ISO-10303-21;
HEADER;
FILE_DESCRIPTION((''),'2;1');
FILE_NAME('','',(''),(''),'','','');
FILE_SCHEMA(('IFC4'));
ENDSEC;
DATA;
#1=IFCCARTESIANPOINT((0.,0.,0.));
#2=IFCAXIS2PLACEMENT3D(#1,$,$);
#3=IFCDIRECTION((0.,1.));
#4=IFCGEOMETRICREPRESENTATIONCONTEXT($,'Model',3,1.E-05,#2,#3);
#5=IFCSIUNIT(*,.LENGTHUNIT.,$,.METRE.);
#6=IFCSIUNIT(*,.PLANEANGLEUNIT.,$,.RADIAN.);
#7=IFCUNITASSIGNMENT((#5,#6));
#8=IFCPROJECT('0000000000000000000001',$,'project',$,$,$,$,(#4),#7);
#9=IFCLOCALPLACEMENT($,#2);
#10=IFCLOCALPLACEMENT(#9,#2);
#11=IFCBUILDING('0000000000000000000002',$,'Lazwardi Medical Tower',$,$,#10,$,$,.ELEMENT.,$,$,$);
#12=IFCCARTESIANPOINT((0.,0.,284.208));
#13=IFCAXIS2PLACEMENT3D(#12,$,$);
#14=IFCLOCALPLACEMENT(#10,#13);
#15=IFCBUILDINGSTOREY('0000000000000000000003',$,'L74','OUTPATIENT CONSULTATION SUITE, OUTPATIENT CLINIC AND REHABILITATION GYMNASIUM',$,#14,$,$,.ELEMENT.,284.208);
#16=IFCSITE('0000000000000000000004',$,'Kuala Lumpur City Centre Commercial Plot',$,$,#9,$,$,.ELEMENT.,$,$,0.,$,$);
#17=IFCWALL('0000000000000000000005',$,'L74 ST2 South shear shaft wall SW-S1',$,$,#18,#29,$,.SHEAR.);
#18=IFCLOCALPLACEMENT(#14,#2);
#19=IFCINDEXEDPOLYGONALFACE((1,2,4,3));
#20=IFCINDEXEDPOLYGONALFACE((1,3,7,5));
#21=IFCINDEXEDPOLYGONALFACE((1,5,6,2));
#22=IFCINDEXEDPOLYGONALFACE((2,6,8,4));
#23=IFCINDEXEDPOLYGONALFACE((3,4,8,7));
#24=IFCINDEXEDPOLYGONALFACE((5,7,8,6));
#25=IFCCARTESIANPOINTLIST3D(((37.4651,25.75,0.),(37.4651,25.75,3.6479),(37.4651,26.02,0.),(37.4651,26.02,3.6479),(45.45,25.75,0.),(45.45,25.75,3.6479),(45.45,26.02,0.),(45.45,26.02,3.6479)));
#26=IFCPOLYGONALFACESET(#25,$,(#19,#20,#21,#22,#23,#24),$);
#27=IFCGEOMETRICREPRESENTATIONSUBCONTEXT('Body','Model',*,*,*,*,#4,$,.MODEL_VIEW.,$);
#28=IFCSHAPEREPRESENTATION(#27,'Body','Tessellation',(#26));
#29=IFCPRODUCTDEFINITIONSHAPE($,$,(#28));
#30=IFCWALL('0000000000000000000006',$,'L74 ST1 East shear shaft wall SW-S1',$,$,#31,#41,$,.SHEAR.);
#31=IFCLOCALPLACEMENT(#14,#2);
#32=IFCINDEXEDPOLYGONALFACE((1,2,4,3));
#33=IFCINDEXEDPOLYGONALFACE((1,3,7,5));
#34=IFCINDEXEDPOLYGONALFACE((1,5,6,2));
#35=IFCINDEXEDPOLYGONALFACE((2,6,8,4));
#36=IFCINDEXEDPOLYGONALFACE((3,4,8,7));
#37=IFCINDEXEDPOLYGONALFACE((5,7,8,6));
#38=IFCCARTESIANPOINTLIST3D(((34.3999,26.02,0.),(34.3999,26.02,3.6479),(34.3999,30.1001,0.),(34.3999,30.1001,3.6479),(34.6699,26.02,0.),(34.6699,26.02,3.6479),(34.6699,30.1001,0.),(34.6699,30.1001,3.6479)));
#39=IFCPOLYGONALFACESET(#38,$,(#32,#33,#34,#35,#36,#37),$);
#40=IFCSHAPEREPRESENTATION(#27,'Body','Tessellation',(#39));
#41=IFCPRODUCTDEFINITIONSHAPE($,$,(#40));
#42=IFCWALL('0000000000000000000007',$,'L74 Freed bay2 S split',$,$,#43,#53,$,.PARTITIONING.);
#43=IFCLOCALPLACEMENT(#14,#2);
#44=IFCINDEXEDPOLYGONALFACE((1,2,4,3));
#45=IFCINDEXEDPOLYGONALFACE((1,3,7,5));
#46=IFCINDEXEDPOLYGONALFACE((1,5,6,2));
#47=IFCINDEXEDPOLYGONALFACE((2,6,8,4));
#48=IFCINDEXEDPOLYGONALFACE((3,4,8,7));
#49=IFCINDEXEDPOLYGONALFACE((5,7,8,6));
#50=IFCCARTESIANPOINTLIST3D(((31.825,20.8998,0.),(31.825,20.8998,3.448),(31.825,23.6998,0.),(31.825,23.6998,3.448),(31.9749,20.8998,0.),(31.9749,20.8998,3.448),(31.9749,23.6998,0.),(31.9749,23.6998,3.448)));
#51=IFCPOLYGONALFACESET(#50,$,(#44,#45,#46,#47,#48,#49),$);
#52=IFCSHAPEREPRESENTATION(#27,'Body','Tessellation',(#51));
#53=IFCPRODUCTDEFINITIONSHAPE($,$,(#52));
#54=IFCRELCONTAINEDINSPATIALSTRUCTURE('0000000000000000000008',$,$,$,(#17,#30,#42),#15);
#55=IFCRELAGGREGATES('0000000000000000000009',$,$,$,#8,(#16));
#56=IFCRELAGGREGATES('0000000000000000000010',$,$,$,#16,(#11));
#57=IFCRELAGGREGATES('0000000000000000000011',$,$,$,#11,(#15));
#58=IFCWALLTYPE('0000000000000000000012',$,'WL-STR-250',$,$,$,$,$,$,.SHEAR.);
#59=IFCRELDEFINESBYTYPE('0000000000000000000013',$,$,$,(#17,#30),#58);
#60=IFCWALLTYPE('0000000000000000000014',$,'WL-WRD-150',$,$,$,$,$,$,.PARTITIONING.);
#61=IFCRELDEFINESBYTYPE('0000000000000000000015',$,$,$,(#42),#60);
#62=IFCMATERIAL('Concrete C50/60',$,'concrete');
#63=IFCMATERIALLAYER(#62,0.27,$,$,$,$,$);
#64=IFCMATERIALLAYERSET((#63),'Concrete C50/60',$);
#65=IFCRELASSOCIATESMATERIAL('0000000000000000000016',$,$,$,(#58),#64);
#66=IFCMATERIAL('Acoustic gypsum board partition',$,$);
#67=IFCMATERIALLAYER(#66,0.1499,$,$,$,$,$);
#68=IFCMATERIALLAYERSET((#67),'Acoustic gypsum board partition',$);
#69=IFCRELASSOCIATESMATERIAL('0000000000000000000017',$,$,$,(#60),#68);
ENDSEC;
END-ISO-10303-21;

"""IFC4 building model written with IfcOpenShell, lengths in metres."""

from ifc_helpers import new_model, si_unit, direction, frame, frame_2d, origin, place, context, subcontext, project, spatial, rectangle, extrude, material, layer, layer_set, type_object, element, save


model = new_model("IFC4")

# Units and contexts
model_context = context("Model", 3, precision=1e-05, world=origin(), true_north=direction((0.0, 1.0)))
body_context = subcontext(model_context, "Body", "Model", "MODEL_VIEW")
ifc_project = project(units=[si_unit("LENGTHUNIT", "METRE"), si_unit("PLANEANGLEUNIT", "RADIAN")], contexts=[model_context])

# Site, building, storey
site_placement = place(None, origin())
site = spatial("IfcSite", under=ifc_project, at=site_placement, Name="Kuala Lumpur City Centre Commercial Plot", CompositionType="ELEMENT", RefElevation=0.0)
building_placement = place(site_placement, origin())
building = spatial("IfcBuilding", under=site, at=building_placement, Name="Lazwardi Medical Tower", CompositionType="ELEMENT")
storey_placement = place(building_placement, frame((0.0, 0.0, 284.208)))
storey = spatial("IfcBuildingStorey", under=building, at=storey_placement, Name="L74", Description="OUTPATIENT CONSULTATION SUITE, OUTPATIENT CLINIC AND REHABILITATION GYMNASIUM", CompositionType="ELEMENT", Elevation=284.208)

# Shared definitions
ifc_material_1 = material(Name="Concrete C50/60", Category="concrete")
ifc_layer_1 = layer(ifc_material_1, 0.27)
ifc_layer_set_1 = layer_set([ifc_layer_1], Name="Concrete C50/60")
wall_type_1 = type_object("IfcWallType", Name="WL-STR-250", PredefinedType="SHEAR", material=ifc_layer_set_1)

# Walls
wall_1_placement = place(storey_placement, frame((37.4651, 25.885, 0.0), z_axis=(0.0, 0.0, 1.0), x_axis=(1.0, 0.0, 0.0)))
element("IfcWall", 1, at=wall_1_placement, inside=storey, type_object=wall_type_1, Name="L74 ST2 South shear shaft wall SW-S1", PredefinedType="SHEAR", context=body_context, shape_type="SweptSolid", body=[
    extrude(rectangle(XDim=7.9849, YDim=0.27, at=frame_2d((3.9924, 0.0))), origin(), (0.0, 0.0, 1.0), 3.6479),
])
wall_2_placement = place(storey_placement, frame((34.5349, 26.02, 0.0), z_axis=(0.0, 0.0, 1.0), x_axis=(0.0, 1.0, 0.0)))
element("IfcWall", 2, at=wall_2_placement, inside=storey, type_object=wall_type_1, Name="L74 ST1 East shear shaft wall SW-S1", PredefinedType="SHEAR", context=body_context, shape_type="SweptSolid", body=[
    extrude(rectangle(XDim=4.0801, YDim=0.27, at=frame_2d((2.04, 0.0))), origin(), (0.0, 0.0, 1.0), 3.6479),
])
ifc_material_2 = material(Name="Acoustic gypsum board partition")
ifc_layer_2 = layer(ifc_material_2, 0.1499)
ifc_layer_set_2 = layer_set([ifc_layer_2], Name="Acoustic gypsum board partition")
wall_type_2 = type_object("IfcWallType", Name="WL-WRD-150", PredefinedType="PARTITIONING", material=ifc_layer_set_2)
wall_3_placement = place(storey_placement, frame((31.8999, 20.8999, 0.0), z_axis=(0.0, 0.0, 1.0), x_axis=(0.0, 1.0, 0.0)))
element("IfcWall", 3, at=wall_3_placement, inside=storey, type_object=wall_type_2, Name="L74 Freed bay2 S split", PredefinedType="PARTITIONING", context=body_context, shape_type="SweptSolid", body=[
    extrude(rectangle(XDim=2.8, YDim=0.1499, at=frame_2d((1.3999, 0.0))), origin(), (0.0, 0.0, 1.0), 3.448),
])

save(model, "model.ifc")
